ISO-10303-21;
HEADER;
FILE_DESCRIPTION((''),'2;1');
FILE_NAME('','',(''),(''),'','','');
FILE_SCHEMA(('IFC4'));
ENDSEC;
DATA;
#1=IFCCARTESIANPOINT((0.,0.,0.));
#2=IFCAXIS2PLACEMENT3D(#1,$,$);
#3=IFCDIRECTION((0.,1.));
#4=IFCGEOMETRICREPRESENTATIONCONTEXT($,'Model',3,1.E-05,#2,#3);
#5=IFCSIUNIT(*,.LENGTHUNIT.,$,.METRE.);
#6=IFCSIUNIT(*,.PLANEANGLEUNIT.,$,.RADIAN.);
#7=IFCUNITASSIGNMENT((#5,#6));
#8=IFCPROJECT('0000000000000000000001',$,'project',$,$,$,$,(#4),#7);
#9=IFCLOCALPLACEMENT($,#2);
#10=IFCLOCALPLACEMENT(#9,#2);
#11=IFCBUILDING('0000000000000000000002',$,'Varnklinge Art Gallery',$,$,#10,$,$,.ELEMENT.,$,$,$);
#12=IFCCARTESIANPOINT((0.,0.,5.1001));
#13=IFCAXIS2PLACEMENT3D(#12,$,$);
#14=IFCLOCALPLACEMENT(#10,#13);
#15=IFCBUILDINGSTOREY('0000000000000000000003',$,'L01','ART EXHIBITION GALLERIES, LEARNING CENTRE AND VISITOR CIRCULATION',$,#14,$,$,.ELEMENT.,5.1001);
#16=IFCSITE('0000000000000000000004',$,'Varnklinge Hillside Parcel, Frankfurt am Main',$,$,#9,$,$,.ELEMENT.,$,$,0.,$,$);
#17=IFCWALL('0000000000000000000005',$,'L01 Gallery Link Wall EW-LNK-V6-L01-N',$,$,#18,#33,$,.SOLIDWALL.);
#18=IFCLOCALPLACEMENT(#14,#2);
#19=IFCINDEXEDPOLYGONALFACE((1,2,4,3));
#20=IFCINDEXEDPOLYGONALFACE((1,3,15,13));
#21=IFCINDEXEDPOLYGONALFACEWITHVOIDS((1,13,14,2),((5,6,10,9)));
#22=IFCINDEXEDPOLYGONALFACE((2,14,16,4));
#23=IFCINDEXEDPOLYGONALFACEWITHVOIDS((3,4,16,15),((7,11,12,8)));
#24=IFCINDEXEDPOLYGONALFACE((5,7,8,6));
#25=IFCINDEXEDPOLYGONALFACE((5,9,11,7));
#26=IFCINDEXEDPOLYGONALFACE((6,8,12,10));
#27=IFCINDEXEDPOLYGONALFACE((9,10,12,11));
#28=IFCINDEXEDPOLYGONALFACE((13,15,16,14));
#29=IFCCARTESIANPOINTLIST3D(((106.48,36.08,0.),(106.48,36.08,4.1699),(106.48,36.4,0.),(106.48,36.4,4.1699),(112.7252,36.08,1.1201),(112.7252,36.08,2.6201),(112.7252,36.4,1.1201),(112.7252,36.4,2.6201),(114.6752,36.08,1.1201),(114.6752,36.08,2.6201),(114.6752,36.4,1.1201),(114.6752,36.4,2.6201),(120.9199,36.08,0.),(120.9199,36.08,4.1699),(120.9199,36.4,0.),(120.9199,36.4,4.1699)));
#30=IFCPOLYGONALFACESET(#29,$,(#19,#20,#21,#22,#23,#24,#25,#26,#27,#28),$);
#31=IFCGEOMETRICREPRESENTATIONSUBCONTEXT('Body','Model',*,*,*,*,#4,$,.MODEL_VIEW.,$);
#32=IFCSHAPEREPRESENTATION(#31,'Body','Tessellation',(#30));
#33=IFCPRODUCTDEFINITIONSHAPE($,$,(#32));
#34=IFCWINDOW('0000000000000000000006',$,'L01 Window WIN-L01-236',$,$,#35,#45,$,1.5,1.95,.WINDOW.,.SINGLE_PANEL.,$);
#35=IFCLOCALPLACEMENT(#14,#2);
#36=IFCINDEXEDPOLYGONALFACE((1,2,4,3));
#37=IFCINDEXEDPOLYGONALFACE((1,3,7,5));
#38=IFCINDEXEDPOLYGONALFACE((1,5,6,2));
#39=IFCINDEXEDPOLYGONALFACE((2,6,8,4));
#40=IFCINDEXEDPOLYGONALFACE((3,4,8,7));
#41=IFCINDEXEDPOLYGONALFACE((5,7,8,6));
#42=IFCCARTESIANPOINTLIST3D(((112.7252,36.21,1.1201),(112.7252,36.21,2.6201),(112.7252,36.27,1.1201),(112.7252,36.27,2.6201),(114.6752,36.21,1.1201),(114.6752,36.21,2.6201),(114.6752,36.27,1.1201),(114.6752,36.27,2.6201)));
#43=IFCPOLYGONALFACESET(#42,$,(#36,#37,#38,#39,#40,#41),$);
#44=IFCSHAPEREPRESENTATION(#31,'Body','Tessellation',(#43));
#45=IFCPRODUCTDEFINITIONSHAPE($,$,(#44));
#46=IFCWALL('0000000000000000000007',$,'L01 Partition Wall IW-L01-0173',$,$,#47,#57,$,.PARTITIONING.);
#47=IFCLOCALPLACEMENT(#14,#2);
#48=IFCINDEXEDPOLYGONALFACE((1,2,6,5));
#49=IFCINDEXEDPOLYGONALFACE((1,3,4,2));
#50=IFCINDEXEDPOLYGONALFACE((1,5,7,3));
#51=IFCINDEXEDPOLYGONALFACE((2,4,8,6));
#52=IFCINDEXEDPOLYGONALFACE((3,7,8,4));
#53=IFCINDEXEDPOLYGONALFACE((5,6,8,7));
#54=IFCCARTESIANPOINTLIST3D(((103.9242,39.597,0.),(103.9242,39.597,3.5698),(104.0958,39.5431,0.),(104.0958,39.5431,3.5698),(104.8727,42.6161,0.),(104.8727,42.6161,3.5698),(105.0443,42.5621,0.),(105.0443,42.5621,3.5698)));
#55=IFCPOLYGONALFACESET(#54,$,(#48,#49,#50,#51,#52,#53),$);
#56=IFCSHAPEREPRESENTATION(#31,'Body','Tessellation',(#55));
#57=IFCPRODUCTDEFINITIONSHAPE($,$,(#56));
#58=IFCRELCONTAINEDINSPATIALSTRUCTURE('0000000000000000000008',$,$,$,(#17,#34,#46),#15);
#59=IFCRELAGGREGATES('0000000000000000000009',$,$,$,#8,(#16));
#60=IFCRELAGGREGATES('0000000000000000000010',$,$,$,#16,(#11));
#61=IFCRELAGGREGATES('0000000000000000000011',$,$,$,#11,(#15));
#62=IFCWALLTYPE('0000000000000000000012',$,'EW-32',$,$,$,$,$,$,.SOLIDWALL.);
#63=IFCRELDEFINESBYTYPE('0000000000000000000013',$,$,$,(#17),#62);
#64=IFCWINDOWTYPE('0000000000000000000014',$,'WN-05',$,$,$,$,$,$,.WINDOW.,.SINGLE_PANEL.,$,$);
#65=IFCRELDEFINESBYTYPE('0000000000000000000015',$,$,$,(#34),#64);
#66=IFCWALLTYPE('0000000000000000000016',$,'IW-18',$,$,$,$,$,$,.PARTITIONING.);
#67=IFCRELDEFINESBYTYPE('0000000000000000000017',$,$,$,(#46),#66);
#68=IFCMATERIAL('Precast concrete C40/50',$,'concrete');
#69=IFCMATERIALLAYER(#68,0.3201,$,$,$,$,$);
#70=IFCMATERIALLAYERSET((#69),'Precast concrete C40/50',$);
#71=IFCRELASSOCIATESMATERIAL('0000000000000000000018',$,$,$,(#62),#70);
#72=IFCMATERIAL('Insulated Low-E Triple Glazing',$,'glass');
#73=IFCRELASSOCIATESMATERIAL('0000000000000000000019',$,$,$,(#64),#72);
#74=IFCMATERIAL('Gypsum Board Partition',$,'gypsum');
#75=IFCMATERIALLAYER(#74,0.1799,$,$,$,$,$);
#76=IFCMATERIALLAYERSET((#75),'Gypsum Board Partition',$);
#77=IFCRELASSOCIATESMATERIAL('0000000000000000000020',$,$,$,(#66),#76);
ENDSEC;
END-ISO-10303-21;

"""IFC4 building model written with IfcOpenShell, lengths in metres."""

from ifc_helpers import new_model, si_unit, direction, frame, frame_2d, origin, place, context, subcontext, project, spatial, rectangle, extrude, material, layer, layer_set, type_object, element, fill, save


model = new_model("IFC4")

# Units and contexts
model_context = context("Model", 3, precision=1e-05, world=origin(), true_north=direction((0.0, 1.0)))
body_context = subcontext(model_context, "Body", "Model", "MODEL_VIEW")
ifc_project = project(units=[si_unit("LENGTHUNIT", "METRE"), si_unit("PLANEANGLEUNIT", "RADIAN")], contexts=[model_context])

# Site, building, storey
site_placement = place(None, origin())
site = spatial("IfcSite", under=ifc_project, at=site_placement, Name="Varnklinge Hillside Parcel, Frankfurt am Main", CompositionType="ELEMENT", RefElevation=0.0)
building_placement = place(site_placement, origin())
building = spatial("IfcBuilding", under=site, at=building_placement, Name="Varnklinge Art Gallery", CompositionType="ELEMENT")
storey_placement = place(building_placement, frame((0.0, 0.0, 5.1001)))
storey = spatial("IfcBuildingStorey", under=building, at=storey_placement, Name="L01", Description="ART EXHIBITION GALLERIES, LEARNING CENTRE AND VISITOR CIRCULATION", CompositionType="ELEMENT", Elevation=5.1001)

# Shared definitions
ifc_material_1 = material(Name="Precast concrete C40/50", Category="concrete")
ifc_layer_1 = layer(ifc_material_1, 0.3201)
ifc_layer_set_1 = layer_set([ifc_layer_1], Name="Precast concrete C40/50")
wall_type_1 = type_object("IfcWallType", Name="EW-32", PredefinedType="SOLIDWALL", material=ifc_layer_set_1)

# Wall, opening, window
wall_1_placement = place(storey_placement, frame((106.48, 36.24, 0.0), z_axis=(0.0, 0.0, 1.0), x_axis=(1.0, 0.0, 0.0)))
wall_1 = element("IfcWall", 1, at=wall_1_placement, inside=storey, type_object=wall_type_1, Name="L01 Gallery Link Wall EW-LNK-V6-L01-N", PredefinedType="SOLIDWALL", context=body_context, shape_type="SweptSolid", body=[
    extrude(rectangle(XDim=14.4399, YDim=0.3201, at=frame_2d((7.22, 0.0))), origin(), (0.0, 0.0, 1.0), 4.1699),
])
opening_placement = place(wall_1_placement, frame((6.2451, 0.0, 1.1201)))
opening = element("IfcOpeningElement", 2, at=opening_placement, cuts=wall_1, PredefinedType="OPENING", context=body_context, shape_type="SweptSolid", body=[
    extrude(rectangle(XDim=1.95, YDim=1.5, at=frame_2d((0.9751, 0.75))), frame((0.0, 0.1702, 0.0), z_axis=(0.0, -1.0, 0.0), x_axis=(1.0, 0.0, 0.0)), (0.0, 0.0, 1.0), 0.3401),
])
ifc_material_2 = material(Name="Insulated Low-E Triple Glazing", Category="glass")
window_type = type_object("IfcWindowType", Name="WN-05", PartitioningType="SINGLE_PANEL", PredefinedType="WINDOW", material=ifc_material_2)
window_placement = place(opening_placement, origin())
window = element("IfcWindow", 3, at=window_placement, inside=storey, type_object=window_type, Name="L01 Window WIN-L01-236", OverallHeight=1.5, OverallWidth=1.95, PartitioningType="SINGLE_PANEL", PredefinedType="WINDOW", context=body_context, shape_type="SweptSolid", body=[
    extrude(rectangle(XDim=1.95, YDim=1.5, at=frame_2d((0.9751, 0.75))), frame((0.0, 0.03, 0.0), z_axis=(0.0, -1.0, 0.0), x_axis=(1.0, 0.0, 0.0)), (0.0, 0.0, 1.0), 0.0601),
])
fill(opening, window)

# Wall
ifc_material_3 = material(Name="Gypsum Board Partition", Category="gypsum")
ifc_layer_2 = layer(ifc_material_3, 0.1799)
ifc_layer_set_2 = layer_set([ifc_layer_2], Name="Gypsum Board Partition")
wall_type_2 = type_object("IfcWallType", Name="IW-18", PredefinedType="PARTITIONING", material=ifc_layer_set_2)
wall_2_placement = place(storey_placement, frame((104.9585, 42.5891, 0.0), z_axis=(0.0, 0.0, 1.0), x_axis=(-0.299724, -0.954026, 0.0)))
element("IfcWall", 4, at=wall_2_placement, inside=storey, type_object=wall_type_2, Name="L01 Partition Wall IW-L01-0173", PredefinedType="PARTITIONING", context=body_context, shape_type="SweptSolid", body=[
    extrude(rectangle(XDim=3.1646, YDim=0.1799, at=frame_2d((1.5823, 0.0))), origin(), (0.0, 0.0, 1.0), 3.5698),
])

save(model, "model.ifc")
